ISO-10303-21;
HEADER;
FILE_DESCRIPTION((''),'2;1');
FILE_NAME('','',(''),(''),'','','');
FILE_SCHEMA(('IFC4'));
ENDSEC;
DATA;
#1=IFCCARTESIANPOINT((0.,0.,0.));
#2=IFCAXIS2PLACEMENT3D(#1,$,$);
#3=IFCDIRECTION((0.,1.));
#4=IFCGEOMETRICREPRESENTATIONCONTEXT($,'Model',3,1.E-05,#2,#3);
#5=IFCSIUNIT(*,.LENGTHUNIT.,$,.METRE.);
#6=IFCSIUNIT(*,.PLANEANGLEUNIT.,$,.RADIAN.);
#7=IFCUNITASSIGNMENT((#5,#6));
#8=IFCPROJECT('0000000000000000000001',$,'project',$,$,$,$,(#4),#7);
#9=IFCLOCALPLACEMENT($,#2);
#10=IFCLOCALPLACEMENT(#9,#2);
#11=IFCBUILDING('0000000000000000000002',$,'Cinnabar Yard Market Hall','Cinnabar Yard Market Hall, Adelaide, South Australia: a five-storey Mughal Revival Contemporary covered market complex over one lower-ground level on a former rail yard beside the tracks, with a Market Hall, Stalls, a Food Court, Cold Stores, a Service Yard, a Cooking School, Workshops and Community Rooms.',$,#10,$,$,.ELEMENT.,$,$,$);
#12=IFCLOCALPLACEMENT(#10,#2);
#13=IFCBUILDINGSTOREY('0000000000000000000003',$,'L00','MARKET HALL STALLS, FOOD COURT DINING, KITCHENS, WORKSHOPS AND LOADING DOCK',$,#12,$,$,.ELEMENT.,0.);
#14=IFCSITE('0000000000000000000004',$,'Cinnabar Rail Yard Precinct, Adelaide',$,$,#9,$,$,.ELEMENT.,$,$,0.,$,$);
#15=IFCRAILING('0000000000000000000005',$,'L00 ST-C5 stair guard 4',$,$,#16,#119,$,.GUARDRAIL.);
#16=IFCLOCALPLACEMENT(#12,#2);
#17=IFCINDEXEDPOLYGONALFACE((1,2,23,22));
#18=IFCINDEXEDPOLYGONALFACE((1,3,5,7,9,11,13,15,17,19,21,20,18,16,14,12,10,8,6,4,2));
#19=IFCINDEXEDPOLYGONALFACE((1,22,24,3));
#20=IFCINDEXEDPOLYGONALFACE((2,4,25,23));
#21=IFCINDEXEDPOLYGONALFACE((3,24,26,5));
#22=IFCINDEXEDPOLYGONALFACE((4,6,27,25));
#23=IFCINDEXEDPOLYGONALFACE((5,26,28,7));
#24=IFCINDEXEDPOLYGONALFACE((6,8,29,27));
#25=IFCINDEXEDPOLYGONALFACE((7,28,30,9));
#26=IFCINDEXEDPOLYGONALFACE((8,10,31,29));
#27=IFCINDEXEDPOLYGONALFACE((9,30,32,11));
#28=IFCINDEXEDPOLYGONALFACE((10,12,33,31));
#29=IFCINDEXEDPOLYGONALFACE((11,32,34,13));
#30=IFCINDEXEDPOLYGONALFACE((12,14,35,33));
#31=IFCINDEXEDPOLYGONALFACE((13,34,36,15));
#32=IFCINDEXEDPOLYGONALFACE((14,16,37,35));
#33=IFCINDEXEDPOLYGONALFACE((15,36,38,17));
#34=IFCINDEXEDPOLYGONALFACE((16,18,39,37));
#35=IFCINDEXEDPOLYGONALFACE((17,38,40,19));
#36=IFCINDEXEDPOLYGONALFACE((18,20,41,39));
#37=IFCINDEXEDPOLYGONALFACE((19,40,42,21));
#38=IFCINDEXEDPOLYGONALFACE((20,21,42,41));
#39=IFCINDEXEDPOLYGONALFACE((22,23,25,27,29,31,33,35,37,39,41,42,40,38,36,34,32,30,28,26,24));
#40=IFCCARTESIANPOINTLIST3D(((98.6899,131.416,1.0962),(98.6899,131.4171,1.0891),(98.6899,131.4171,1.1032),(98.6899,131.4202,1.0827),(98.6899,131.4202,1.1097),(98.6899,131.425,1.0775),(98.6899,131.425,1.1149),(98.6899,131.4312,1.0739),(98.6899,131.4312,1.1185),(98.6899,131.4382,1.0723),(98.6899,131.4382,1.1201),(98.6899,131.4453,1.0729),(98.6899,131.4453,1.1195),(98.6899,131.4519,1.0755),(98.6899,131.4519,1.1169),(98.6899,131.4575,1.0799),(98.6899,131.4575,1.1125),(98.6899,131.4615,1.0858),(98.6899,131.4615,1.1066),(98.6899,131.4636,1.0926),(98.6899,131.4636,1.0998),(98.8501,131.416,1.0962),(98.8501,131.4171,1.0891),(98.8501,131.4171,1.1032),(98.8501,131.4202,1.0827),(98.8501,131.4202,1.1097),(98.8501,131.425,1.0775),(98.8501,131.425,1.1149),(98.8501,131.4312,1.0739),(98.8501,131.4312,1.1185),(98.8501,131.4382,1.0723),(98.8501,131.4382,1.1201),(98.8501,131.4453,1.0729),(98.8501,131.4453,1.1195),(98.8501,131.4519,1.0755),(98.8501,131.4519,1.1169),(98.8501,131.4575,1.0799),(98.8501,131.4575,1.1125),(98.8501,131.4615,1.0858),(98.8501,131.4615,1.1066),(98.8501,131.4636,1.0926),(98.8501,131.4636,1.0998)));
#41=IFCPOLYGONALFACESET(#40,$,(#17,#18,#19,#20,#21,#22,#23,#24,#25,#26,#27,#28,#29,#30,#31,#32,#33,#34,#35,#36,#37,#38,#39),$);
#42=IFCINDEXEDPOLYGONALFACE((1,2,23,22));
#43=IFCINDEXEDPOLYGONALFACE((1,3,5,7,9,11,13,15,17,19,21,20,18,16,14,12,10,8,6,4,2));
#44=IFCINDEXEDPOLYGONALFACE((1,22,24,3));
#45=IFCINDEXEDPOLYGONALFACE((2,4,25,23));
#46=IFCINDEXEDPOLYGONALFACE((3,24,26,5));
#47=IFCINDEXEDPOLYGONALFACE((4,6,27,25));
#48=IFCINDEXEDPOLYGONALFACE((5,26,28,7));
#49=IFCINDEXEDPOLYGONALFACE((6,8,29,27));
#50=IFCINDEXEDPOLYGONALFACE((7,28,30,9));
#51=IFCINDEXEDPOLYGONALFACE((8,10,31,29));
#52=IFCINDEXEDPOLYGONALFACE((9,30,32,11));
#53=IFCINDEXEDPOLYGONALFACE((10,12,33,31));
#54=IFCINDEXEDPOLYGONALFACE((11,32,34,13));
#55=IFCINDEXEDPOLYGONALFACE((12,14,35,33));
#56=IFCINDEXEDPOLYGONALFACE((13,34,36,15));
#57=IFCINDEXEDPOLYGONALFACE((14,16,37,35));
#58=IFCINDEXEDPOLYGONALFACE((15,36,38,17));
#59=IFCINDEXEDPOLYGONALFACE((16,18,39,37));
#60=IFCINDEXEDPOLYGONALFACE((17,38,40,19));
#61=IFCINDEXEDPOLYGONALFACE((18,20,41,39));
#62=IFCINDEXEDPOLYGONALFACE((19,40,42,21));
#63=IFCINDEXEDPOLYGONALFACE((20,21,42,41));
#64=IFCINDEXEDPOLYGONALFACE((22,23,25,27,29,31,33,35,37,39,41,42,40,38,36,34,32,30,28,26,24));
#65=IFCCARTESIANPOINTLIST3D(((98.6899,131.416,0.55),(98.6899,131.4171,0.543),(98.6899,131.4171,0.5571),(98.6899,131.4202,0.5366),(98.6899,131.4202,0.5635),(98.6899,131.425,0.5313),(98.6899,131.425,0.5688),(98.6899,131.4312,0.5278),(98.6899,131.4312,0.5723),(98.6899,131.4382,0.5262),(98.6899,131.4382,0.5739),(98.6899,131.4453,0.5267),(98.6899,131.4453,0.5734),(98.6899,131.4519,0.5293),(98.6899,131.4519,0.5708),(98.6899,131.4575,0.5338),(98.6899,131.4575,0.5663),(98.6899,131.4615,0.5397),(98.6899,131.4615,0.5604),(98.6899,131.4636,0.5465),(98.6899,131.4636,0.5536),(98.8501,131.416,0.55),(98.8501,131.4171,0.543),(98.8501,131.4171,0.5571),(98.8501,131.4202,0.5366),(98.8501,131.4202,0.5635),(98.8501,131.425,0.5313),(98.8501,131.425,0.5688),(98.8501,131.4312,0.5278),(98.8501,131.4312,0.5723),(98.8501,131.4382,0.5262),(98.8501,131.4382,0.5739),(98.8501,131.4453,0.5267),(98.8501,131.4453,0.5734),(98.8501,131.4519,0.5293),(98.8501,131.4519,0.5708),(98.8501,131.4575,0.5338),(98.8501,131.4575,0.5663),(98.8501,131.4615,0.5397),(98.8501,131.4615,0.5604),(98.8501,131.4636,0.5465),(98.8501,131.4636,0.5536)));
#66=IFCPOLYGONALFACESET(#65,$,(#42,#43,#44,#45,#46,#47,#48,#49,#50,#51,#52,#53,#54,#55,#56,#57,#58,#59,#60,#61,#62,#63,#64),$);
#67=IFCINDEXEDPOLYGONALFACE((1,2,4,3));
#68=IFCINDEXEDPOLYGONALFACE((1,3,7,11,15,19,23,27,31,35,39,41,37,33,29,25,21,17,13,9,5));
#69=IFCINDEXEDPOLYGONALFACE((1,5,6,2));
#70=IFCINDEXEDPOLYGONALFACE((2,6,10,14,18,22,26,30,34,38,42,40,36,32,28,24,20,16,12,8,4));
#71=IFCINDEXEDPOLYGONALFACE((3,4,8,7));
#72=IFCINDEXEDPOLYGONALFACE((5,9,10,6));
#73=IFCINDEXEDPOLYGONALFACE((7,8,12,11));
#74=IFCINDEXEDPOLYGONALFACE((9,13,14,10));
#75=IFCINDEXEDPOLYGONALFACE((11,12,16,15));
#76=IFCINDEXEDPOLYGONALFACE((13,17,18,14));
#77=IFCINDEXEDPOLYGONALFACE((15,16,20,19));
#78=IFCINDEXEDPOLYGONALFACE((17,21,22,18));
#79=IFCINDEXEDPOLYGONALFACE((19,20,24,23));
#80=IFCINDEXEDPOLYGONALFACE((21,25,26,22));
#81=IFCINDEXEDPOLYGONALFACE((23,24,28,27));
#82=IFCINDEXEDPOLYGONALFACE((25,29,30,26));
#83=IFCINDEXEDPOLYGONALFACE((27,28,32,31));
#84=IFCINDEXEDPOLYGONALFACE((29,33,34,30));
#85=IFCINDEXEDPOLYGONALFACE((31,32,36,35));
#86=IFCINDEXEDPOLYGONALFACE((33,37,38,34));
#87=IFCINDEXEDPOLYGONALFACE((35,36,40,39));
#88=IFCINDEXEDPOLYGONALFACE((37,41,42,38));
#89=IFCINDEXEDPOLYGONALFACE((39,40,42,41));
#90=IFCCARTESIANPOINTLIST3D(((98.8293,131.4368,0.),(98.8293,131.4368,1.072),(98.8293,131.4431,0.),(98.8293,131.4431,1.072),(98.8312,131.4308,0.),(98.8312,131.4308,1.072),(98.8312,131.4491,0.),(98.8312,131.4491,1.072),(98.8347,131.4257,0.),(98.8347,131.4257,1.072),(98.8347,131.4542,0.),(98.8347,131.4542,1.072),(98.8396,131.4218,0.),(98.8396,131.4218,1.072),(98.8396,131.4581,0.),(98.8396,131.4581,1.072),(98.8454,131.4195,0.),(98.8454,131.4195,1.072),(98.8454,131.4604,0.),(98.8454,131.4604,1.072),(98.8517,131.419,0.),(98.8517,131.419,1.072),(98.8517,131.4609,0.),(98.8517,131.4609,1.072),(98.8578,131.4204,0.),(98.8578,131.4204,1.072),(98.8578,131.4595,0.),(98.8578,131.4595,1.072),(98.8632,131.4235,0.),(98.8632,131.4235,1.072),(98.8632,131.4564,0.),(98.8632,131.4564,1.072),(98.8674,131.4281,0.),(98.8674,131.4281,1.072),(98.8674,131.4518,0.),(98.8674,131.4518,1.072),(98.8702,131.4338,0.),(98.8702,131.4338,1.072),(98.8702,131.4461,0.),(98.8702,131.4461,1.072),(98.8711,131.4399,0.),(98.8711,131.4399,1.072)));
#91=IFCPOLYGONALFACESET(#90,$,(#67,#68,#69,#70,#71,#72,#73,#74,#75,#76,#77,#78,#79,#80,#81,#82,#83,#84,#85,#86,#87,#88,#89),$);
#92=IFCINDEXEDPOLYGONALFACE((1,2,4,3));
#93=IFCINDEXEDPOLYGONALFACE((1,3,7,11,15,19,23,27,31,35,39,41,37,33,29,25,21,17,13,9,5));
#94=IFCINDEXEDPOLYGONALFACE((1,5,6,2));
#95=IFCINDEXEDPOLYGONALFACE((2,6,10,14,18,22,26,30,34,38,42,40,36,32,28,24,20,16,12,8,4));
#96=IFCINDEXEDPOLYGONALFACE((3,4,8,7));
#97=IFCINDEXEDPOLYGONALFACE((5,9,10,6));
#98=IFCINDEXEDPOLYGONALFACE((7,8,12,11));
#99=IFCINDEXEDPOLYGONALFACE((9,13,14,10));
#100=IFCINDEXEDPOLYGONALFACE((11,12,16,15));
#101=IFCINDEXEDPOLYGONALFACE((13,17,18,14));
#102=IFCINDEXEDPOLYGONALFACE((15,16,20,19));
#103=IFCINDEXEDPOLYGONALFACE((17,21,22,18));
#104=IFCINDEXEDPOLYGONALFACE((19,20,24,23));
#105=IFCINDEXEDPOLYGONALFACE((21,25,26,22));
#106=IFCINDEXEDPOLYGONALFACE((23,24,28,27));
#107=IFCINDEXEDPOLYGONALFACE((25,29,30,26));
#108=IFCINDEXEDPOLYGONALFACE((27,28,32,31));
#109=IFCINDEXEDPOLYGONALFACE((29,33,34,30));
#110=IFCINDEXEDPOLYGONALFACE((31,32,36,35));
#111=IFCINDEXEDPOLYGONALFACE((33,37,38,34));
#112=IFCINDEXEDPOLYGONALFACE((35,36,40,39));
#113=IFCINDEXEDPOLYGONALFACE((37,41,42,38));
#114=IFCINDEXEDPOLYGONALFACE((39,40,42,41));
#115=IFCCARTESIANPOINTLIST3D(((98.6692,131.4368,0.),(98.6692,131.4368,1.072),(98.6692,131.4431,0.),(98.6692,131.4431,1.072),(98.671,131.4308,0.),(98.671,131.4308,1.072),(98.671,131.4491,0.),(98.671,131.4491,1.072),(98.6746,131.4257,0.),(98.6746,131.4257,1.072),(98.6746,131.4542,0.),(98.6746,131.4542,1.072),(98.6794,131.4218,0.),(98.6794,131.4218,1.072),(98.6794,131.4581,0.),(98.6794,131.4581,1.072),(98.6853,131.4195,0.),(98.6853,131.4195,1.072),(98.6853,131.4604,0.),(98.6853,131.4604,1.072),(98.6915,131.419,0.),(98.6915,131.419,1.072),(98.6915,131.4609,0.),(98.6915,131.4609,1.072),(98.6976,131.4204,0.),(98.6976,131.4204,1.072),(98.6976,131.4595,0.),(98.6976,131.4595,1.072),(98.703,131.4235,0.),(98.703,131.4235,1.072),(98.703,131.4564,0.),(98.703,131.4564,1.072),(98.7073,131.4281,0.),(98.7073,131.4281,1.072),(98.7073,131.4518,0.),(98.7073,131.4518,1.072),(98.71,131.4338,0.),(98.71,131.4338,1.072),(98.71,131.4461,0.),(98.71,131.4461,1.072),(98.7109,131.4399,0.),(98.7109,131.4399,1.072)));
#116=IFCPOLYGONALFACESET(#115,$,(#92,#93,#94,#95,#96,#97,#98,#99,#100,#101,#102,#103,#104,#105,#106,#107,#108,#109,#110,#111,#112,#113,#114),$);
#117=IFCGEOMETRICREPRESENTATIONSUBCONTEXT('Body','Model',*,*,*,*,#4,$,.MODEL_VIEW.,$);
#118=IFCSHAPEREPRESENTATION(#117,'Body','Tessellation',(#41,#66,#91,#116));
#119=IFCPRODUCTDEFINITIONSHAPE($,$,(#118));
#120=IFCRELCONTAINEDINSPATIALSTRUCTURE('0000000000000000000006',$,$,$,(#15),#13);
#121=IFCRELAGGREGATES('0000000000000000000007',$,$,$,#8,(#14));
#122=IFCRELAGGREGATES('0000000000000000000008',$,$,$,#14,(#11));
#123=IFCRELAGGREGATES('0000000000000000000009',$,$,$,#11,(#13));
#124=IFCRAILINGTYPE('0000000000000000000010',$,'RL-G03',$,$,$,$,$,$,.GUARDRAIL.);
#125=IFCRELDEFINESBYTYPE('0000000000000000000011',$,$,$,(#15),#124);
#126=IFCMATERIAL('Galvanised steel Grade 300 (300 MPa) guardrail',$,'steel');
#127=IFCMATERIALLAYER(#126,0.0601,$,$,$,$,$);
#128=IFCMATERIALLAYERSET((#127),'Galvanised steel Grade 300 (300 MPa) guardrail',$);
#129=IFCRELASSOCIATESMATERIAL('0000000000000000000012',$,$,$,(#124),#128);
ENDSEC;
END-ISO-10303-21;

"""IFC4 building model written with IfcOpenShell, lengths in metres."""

from ifc_helpers import new_model, si_unit, direction, frame, origin, origin_2d_with_axis, place, context, subcontext, project, spatial, circle, extrude, material, layer, layer_set, type_object, element, save


model = new_model("IFC4")

# Units and contexts
model_context = context("Model", 3, precision=1e-05, world=origin(), true_north=direction((0.0, 1.0)))
body_context = subcontext(model_context, "Body", "Model", "MODEL_VIEW")
ifc_project = project(units=[si_unit("LENGTHUNIT", "METRE"), si_unit("PLANEANGLEUNIT", "RADIAN")], contexts=[model_context])

# Site, building, storey
site_placement = place(None, origin())
site = spatial("IfcSite", under=ifc_project, at=site_placement, Name="Cinnabar Rail Yard Precinct, Adelaide", CompositionType="ELEMENT", RefElevation=0.0)
building_placement = place(site_placement, origin())
building = spatial("IfcBuilding", under=site, at=building_placement, Name="Cinnabar Yard Market Hall", Description="Cinnabar Yard Market Hall, Adelaide, South Australia: a five-storey Mughal Revival Contemporary covered market complex over one lower-ground level on a former rail yard beside the tracks, with a Market Hall, Stalls, a Food Court, Cold Stores, a Service Yard, a Cooking School, Workshops and Community Rooms.", CompositionType="ELEMENT")
storey_placement = place(building_placement, origin())
storey = spatial("IfcBuildingStorey", under=building, at=storey_placement, Name="L00", Description="MARKET HALL STALLS, FOOD COURT DINING, KITCHENS, WORKSHOPS AND LOADING DOCK", CompositionType="ELEMENT", Elevation=0.0)

# Railing
ifc_material_1 = material(Name="Galvanised steel Grade 300 (300 MPa) guardrail", Category="steel")
ifc_layer_1 = layer(ifc_material_1, 0.0601)
ifc_layer_set_1 = layer_set([ifc_layer_1], Name="Galvanised steel Grade 300 (300 MPa) guardrail")
railing_type = type_object("IfcRailingType", Name="RL-G03", PredefinedType="GUARDRAIL", material=ifc_layer_set_1)
railing_1_placement = place(storey_placement, frame((98.8501, 131.4399, 0.0)))
element("IfcRailing", 1, at=railing_1_placement, inside=storey, type_object=railing_type, Name="L00 ST-C5 stair guard 4", PredefinedType="GUARDRAIL", context=body_context, shape_type="SweptSolid", body=[
    extrude(circle(Radius=0.0239, at=origin_2d_with_axis()), frame((0.0, 0.0, 1.0962), z_axis=(-1.0, 0.0, 0.0), x_axis=(0.0, -1.0, 0.0)), (0.0, 0.0, 1.0), 0.1602),
    extrude(circle(Radius=0.0239, at=origin_2d_with_axis()), frame((0.0, 0.0, 0.55), z_axis=(-1.0, 0.0, 0.0), x_axis=(0.0, -1.0, 0.0)), (0.0, 0.0, 1.0), 0.1602),
    extrude(circle(Radius=0.021, at=origin_2d_with_axis()), origin(), (0.0, 0.0, 1.0), 1.072),
    extrude(circle(Radius=0.021, at=origin_2d_with_axis()), frame((-0.1602, 0.0, 0.0)), (0.0, 0.0, 1.0), 1.072),
])

save(model, "model.ifc")
